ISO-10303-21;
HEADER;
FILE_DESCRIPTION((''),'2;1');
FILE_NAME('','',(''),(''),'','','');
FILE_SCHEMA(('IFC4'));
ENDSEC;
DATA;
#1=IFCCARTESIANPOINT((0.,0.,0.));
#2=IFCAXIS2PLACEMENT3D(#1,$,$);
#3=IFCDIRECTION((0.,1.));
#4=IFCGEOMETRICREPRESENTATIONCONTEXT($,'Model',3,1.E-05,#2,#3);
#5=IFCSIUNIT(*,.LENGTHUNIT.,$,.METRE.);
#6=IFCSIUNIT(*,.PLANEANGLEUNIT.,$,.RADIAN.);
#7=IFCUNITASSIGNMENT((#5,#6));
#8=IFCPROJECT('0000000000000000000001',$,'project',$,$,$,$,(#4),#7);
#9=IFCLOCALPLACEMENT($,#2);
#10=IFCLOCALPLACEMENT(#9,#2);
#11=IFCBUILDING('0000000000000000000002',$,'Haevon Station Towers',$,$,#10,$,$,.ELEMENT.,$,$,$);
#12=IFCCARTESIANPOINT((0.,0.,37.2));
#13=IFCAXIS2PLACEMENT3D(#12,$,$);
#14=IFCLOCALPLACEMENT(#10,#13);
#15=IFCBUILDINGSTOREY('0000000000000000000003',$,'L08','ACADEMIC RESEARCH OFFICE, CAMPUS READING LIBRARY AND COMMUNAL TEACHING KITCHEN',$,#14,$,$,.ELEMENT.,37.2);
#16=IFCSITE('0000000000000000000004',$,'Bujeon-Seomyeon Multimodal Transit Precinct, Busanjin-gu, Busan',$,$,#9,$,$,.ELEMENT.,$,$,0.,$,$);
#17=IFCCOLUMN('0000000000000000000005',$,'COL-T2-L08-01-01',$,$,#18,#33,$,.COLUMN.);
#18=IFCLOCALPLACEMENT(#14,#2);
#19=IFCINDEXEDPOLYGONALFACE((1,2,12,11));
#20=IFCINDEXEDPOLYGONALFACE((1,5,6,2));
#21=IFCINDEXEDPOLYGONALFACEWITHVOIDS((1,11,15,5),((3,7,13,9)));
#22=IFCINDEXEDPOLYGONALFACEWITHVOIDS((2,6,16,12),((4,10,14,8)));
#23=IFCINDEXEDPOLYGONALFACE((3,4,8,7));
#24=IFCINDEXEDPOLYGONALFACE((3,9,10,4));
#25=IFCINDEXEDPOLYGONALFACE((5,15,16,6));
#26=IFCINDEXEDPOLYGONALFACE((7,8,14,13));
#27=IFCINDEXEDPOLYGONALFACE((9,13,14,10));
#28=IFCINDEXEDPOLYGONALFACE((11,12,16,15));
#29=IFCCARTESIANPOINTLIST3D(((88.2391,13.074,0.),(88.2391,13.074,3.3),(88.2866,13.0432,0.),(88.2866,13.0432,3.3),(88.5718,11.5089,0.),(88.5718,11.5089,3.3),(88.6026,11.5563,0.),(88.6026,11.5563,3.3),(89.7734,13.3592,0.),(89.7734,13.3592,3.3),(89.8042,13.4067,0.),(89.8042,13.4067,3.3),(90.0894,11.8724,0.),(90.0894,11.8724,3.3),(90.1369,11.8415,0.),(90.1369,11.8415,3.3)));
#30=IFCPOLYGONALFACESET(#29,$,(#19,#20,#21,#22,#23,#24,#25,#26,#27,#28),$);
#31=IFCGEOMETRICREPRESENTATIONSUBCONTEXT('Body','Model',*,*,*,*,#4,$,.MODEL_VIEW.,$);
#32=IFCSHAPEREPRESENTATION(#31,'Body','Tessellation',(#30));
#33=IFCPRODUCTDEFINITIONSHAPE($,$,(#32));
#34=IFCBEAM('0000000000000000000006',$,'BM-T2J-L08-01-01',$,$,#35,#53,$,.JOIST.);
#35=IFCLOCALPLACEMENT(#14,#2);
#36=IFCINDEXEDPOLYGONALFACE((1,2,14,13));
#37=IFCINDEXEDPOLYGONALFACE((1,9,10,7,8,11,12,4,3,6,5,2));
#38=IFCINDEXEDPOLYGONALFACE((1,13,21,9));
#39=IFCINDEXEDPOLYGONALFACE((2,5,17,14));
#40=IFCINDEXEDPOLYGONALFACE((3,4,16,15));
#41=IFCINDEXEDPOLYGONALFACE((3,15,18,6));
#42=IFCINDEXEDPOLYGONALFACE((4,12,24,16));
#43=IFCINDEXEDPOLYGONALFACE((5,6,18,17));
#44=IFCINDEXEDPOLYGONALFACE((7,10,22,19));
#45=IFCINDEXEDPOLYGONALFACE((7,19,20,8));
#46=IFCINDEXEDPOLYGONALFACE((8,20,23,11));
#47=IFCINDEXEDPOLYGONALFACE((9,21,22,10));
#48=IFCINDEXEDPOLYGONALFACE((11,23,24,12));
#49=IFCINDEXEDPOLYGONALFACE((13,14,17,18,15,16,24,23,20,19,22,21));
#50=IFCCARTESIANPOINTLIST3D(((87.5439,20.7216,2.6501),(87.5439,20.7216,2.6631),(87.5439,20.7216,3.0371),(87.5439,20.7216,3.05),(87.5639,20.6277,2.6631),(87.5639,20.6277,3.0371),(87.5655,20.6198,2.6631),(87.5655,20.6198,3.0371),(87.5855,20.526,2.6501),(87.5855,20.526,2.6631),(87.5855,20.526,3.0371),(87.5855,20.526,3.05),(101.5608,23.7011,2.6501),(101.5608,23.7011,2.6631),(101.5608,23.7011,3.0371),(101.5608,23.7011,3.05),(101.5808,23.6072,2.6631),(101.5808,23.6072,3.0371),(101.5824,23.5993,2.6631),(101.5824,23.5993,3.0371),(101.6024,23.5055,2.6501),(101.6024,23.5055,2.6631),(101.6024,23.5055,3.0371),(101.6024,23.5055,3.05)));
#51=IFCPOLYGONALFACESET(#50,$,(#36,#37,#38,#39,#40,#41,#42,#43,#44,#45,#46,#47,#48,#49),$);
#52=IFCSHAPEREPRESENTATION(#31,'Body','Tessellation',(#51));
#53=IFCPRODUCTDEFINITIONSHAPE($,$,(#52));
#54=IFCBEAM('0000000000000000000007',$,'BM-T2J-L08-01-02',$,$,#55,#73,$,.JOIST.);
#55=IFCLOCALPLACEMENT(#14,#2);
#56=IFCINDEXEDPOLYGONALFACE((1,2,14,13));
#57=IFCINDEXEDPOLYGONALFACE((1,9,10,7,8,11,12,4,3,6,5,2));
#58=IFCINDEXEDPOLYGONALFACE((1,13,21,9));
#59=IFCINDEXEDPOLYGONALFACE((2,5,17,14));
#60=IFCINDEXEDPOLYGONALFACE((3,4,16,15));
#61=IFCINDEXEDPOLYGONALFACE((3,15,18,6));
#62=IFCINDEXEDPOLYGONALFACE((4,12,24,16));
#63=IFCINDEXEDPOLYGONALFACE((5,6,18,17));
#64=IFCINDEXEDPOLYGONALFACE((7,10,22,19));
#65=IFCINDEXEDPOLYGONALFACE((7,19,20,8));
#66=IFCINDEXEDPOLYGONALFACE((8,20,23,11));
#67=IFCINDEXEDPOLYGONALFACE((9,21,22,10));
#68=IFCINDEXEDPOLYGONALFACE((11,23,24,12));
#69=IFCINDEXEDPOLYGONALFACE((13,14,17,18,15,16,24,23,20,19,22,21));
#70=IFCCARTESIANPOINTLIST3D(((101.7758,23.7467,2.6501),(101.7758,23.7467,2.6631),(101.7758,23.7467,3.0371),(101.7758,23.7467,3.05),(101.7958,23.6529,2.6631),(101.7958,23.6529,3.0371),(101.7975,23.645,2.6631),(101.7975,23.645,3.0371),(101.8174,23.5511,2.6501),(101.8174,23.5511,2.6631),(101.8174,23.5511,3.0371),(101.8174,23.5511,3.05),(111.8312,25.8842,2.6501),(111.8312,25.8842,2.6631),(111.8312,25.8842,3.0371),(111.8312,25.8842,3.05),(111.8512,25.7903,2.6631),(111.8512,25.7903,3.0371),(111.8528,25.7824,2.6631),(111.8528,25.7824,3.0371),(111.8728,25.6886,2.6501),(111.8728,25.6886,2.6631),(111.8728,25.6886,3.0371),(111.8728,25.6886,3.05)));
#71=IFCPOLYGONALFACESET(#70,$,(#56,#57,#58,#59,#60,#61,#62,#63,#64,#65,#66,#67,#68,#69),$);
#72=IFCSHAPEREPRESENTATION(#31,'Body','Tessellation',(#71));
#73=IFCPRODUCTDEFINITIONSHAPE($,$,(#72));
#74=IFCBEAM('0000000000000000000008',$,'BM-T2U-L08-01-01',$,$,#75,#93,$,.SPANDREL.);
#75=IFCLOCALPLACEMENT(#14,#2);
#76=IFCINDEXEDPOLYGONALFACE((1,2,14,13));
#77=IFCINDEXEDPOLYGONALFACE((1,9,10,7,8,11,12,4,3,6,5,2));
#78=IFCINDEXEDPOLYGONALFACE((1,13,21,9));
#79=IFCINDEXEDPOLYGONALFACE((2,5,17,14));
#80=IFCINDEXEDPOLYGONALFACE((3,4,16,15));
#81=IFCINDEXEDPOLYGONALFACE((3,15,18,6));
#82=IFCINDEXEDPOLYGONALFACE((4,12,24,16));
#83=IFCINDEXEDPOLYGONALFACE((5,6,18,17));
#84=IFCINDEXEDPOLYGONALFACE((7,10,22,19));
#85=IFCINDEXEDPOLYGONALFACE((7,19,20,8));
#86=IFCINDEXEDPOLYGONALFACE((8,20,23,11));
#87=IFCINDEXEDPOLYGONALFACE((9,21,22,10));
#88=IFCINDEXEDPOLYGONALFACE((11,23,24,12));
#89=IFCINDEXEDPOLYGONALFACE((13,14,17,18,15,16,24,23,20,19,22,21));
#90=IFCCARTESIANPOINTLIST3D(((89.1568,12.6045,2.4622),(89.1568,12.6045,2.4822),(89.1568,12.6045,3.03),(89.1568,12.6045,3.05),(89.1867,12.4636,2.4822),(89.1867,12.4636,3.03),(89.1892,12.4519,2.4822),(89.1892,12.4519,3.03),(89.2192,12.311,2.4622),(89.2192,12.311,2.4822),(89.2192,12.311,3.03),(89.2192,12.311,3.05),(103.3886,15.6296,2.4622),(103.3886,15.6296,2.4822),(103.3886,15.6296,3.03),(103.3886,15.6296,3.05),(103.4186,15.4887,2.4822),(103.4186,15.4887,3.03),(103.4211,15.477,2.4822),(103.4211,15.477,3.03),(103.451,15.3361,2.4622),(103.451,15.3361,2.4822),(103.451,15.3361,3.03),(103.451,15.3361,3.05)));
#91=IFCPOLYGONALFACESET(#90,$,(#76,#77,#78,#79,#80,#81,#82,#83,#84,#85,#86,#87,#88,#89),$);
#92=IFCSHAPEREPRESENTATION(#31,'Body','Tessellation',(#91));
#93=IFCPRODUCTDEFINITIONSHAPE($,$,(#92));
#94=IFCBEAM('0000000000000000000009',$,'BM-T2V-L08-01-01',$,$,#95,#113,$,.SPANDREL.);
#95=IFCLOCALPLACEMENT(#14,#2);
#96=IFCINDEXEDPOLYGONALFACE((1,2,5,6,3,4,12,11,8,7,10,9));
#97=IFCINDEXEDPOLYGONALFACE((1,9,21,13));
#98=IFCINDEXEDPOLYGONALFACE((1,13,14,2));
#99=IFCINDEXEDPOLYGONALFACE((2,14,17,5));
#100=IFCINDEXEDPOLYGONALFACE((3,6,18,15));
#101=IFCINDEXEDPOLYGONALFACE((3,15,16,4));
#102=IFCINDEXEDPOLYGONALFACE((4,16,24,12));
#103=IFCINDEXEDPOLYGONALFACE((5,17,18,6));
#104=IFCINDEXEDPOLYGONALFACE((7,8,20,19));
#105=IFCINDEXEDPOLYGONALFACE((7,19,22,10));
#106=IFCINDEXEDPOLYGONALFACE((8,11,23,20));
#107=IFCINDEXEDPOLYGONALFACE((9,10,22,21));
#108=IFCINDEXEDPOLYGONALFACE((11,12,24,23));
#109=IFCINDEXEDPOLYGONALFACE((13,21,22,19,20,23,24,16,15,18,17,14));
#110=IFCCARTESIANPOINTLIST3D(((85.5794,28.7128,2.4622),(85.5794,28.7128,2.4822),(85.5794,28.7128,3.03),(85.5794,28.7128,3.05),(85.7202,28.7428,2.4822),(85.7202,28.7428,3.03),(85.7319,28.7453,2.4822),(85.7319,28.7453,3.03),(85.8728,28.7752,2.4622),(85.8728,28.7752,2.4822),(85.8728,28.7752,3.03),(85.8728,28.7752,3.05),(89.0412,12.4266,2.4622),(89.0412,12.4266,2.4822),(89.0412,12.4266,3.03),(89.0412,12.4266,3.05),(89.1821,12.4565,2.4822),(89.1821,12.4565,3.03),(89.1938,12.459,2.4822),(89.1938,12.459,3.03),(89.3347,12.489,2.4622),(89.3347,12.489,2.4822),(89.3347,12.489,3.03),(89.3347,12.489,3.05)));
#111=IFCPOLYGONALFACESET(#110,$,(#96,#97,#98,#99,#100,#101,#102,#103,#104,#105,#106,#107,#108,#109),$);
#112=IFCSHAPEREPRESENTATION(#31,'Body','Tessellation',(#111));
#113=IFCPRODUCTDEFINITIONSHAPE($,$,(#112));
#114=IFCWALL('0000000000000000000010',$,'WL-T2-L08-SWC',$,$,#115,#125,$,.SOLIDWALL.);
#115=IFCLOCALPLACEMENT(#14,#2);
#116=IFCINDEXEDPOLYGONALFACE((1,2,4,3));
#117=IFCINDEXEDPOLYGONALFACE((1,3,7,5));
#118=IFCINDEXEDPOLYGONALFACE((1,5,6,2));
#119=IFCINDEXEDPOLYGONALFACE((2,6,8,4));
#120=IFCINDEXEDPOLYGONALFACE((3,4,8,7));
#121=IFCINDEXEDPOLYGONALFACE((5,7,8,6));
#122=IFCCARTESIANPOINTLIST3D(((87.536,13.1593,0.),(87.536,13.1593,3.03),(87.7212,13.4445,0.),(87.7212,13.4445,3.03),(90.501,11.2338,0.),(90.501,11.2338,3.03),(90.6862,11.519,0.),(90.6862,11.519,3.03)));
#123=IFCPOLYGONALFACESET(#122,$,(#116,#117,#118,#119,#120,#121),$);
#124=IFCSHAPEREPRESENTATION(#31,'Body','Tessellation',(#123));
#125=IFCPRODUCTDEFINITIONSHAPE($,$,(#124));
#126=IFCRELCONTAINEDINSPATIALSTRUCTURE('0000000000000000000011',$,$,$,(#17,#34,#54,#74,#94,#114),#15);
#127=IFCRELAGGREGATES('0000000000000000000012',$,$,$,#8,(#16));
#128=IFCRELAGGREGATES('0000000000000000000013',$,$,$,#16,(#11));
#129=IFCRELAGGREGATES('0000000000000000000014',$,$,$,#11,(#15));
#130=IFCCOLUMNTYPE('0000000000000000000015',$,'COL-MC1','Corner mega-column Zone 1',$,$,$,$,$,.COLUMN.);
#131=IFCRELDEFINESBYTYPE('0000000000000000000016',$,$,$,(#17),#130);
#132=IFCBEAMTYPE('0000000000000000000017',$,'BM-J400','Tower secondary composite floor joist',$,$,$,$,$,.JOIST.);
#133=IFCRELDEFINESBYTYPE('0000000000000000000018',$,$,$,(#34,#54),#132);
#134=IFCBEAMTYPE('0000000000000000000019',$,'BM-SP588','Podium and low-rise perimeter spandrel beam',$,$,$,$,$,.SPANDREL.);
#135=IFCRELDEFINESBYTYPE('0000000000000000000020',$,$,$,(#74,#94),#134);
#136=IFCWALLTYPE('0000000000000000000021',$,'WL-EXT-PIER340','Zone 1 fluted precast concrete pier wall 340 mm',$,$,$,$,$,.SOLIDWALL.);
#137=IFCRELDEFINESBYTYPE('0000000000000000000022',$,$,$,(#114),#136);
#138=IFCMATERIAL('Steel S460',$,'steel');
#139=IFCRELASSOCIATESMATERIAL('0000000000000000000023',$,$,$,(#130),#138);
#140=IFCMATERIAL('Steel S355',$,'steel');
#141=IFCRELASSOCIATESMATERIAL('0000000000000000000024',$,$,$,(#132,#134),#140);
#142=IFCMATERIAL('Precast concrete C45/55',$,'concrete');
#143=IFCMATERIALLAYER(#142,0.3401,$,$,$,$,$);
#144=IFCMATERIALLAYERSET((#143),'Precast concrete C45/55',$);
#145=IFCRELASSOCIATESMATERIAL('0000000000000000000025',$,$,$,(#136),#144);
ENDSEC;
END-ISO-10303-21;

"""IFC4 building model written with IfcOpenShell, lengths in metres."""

from ifc_helpers import new_model, si_unit, direction, frame, frame_2d, origin, origin_2d, place, context, subcontext, project, spatial, rectangle, hollow_rectangle, i_section, extrude, material, layer, layer_set, material_profile, profile_set, type_object, element, save


model = new_model("IFC4")

# Units and contexts
model_context = context("Model", 3, precision=1e-05, world=origin(), true_north=direction((0.0, 1.0)))
body_context = subcontext(model_context, "Body", "Model", "MODEL_VIEW")
ifc_project = project(units=[si_unit("LENGTHUNIT", "METRE"), si_unit("PLANEANGLEUNIT", "RADIAN")], contexts=[model_context])

# Site, building, storey
site_placement = place(None, origin())
site = spatial("IfcSite", under=ifc_project, at=site_placement, Name="Bujeon-Seomyeon Multimodal Transit Precinct, Busanjin-gu, Busan", CompositionType="ELEMENT", RefElevation=0.0)
building_placement = place(site_placement, origin())
building = spatial("IfcBuilding", under=site, at=building_placement, Name="Haevon Station Towers", CompositionType="ELEMENT")
storey_placement = place(building_placement, frame((0.0, 0.0, 37.2)))
storey = spatial("IfcBuildingStorey", under=building, at=storey_placement, Name="L08", Description="ACADEMIC RESEARCH OFFICE, CAMPUS READING LIBRARY AND COMMUNAL TEACHING KITCHEN", CompositionType="ELEMENT", Elevation=37.2)

# Column
ifc_material_1 = material(Name="Steel S460", Category="steel")
ifc_material_profile_1 = material_profile(ifc_material_1, hollow_rectangle(XDim=1.6001, YDim=1.6001, WallThickness=0.04, at=origin_2d()), Name="BOX-1600x1600x40")
ifc_profile_set_1 = profile_set([ifc_material_profile_1], Name="Steel S460")
column_type = type_object("IfcColumnType", Name="COL-MC1", Description="Corner mega-column Zone 1", PredefinedType="COLUMN", material=ifc_profile_set_1)
column_placement = place(storey_placement, frame((89.188, 12.4578, 0.0), z_axis=(0.0, 0.0, 1.0), x_axis=(0.978148, 0.207912, 0.0)))
element("IfcColumn", 1, at=column_placement, inside=storey, type_object=column_type, Name="COL-T2-L08-01-01", PredefinedType="COLUMN", context=body_context, shape_type="SweptSolid", body=[
    extrude(hollow_rectangle(XDim=1.6001, YDim=1.6001, WallThickness=0.04, at=origin_2d()), origin(), (0.0, 0.0, 1.0), 3.3),
])

# Beams
ifc_material_2 = material(Name="Steel S355", Category="steel")
ifc_material_profile_2 = material_profile(ifc_material_2, i_section(OverallWidth=0.2, OverallDepth=0.3999, WebThickness=0.0081, FlangeThickness=0.0129, at=origin_2d()), Name="H-400x200x8x13")
ifc_profile_set_2 = profile_set([ifc_material_profile_2], Name="Steel S355")
beam_type_1 = type_object("IfcBeamType", Name="BM-J400", Description="Tower secondary composite floor joist", PredefinedType="JOIST", material=ifc_profile_set_2)
beam_1_placement = place(storey_placement, frame((87.5647, 20.6238, 2.8501), z_axis=(0.978146, 0.20792, 0.0), x_axis=(-0.20792, 0.978146, 0.0)))
element("IfcBeam", 2, at=beam_1_placement, inside=storey, type_object=beam_type_1, Name="BM-T2J-L08-01-01", PredefinedType="JOIST", context=body_context, shape_type="SweptSolid", body=[
    extrude(i_section(OverallWidth=0.2, OverallDepth=0.3999, WebThickness=0.0081, FlangeThickness=0.0129, at=origin_2d()), origin(), (0.0, 0.0, 1.0), 14.3301),
])
beam_2_placement = place(storey_placement, frame((101.7966, 23.6489, 2.8501), z_axis=(0.978146, 0.207922, 0.0), x_axis=(-0.207922, 0.978146, 0.0)))
element("IfcBeam", 3, at=beam_2_placement, inside=storey, type_object=beam_type_1, Name="BM-T2J-L08-01-02", PredefinedType="JOIST", context=body_context, shape_type="SweptSolid", body=[
    extrude(i_section(OverallWidth=0.2, OverallDepth=0.3999, WebThickness=0.0081, FlangeThickness=0.0129, at=origin_2d()), origin(), (0.0, 0.0, 1.0), 10.28),
])
ifc_material_profile_3 = material_profile(ifc_material_2, i_section(OverallWidth=0.3, OverallDepth=0.5879, WebThickness=0.012, FlangeThickness=0.02, at=origin_2d()), Name="H-588x300x12x20")
ifc_profile_set_3 = profile_set([ifc_material_profile_3], Name="Steel S355")
beam_type_2 = type_object("IfcBeamType", Name="BM-SP588", Description="Podium and low-rise perimeter spandrel beam", PredefinedType="SPANDREL", material=ifc_profile_set_3)
beam_3_placement = place(storey_placement, frame((89.188, 12.4578, 2.7561), z_axis=(0.978147, 0.207915, 0.0), x_axis=(-0.207915, 0.978147, 0.0)))
element("IfcBeam", 4, at=beam_3_placement, inside=storey, type_object=beam_type_2, Name="BM-T2U-L08-01-01", PredefinedType="SPANDREL", context=body_context, shape_type="SweptSolid", body=[
    extrude(i_section(OverallWidth=0.3, OverallDepth=0.5879, WebThickness=0.012, FlangeThickness=0.02, at=origin_2d()), origin(), (0.0, 0.0, 1.0), 14.5498),
])
beam_4_placement = place(storey_placement, frame((89.188, 12.4578, 2.7561), z_axis=(-0.20792, 0.978146, 0.0), x_axis=(-0.978146, -0.20792, 0.0)))
element("IfcBeam", 5, at=beam_4_placement, inside=storey, type_object=beam_type_2, Name="BM-T2V-L08-01-01", PredefinedType="SPANDREL", context=body_context, shape_type="SweptSolid", body=[
    extrude(i_section(OverallWidth=0.3, OverallDepth=0.5879, WebThickness=0.012, FlangeThickness=0.02, at=origin_2d()), origin(), (0.0, 0.0, 1.0), 16.6501),
])

# Wall
ifc_material_3 = material(Name="Precast concrete C45/55", Category="concrete")
ifc_layer_1 = layer(ifc_material_3, 0.3401)
ifc_layer_set_1 = layer_set([ifc_layer_1], Name="Precast concrete C45/55")
wall_type_1 = type_object("IfcWallType", Name="WL-EXT-PIER340", Description="Zone 1 fluted precast concrete pier wall 340 mm", PredefinedType="SOLIDWALL", material=ifc_layer_set_1)
wall_1_placement = place(storey_placement, frame((90.5935, 11.3765, 0.0), z_axis=(0.0, 0.0, 1.0), x_axis=(-0.838672, 0.544636, 0.0)))
element("IfcWall", 6, at=wall_1_placement, inside=storey, type_object=wall_type_1, Name="WL-T2-L08-SWC", PredefinedType="SOLIDWALL", context=body_context, shape_type="SweptSolid", body=[
    extrude(rectangle(XDim=3.5354, YDim=0.3401, at=frame_2d((1.7676, 0.0))), origin(), (0.0, 0.0, 1.0), 3.03),
])

save(model, "model.ifc")
